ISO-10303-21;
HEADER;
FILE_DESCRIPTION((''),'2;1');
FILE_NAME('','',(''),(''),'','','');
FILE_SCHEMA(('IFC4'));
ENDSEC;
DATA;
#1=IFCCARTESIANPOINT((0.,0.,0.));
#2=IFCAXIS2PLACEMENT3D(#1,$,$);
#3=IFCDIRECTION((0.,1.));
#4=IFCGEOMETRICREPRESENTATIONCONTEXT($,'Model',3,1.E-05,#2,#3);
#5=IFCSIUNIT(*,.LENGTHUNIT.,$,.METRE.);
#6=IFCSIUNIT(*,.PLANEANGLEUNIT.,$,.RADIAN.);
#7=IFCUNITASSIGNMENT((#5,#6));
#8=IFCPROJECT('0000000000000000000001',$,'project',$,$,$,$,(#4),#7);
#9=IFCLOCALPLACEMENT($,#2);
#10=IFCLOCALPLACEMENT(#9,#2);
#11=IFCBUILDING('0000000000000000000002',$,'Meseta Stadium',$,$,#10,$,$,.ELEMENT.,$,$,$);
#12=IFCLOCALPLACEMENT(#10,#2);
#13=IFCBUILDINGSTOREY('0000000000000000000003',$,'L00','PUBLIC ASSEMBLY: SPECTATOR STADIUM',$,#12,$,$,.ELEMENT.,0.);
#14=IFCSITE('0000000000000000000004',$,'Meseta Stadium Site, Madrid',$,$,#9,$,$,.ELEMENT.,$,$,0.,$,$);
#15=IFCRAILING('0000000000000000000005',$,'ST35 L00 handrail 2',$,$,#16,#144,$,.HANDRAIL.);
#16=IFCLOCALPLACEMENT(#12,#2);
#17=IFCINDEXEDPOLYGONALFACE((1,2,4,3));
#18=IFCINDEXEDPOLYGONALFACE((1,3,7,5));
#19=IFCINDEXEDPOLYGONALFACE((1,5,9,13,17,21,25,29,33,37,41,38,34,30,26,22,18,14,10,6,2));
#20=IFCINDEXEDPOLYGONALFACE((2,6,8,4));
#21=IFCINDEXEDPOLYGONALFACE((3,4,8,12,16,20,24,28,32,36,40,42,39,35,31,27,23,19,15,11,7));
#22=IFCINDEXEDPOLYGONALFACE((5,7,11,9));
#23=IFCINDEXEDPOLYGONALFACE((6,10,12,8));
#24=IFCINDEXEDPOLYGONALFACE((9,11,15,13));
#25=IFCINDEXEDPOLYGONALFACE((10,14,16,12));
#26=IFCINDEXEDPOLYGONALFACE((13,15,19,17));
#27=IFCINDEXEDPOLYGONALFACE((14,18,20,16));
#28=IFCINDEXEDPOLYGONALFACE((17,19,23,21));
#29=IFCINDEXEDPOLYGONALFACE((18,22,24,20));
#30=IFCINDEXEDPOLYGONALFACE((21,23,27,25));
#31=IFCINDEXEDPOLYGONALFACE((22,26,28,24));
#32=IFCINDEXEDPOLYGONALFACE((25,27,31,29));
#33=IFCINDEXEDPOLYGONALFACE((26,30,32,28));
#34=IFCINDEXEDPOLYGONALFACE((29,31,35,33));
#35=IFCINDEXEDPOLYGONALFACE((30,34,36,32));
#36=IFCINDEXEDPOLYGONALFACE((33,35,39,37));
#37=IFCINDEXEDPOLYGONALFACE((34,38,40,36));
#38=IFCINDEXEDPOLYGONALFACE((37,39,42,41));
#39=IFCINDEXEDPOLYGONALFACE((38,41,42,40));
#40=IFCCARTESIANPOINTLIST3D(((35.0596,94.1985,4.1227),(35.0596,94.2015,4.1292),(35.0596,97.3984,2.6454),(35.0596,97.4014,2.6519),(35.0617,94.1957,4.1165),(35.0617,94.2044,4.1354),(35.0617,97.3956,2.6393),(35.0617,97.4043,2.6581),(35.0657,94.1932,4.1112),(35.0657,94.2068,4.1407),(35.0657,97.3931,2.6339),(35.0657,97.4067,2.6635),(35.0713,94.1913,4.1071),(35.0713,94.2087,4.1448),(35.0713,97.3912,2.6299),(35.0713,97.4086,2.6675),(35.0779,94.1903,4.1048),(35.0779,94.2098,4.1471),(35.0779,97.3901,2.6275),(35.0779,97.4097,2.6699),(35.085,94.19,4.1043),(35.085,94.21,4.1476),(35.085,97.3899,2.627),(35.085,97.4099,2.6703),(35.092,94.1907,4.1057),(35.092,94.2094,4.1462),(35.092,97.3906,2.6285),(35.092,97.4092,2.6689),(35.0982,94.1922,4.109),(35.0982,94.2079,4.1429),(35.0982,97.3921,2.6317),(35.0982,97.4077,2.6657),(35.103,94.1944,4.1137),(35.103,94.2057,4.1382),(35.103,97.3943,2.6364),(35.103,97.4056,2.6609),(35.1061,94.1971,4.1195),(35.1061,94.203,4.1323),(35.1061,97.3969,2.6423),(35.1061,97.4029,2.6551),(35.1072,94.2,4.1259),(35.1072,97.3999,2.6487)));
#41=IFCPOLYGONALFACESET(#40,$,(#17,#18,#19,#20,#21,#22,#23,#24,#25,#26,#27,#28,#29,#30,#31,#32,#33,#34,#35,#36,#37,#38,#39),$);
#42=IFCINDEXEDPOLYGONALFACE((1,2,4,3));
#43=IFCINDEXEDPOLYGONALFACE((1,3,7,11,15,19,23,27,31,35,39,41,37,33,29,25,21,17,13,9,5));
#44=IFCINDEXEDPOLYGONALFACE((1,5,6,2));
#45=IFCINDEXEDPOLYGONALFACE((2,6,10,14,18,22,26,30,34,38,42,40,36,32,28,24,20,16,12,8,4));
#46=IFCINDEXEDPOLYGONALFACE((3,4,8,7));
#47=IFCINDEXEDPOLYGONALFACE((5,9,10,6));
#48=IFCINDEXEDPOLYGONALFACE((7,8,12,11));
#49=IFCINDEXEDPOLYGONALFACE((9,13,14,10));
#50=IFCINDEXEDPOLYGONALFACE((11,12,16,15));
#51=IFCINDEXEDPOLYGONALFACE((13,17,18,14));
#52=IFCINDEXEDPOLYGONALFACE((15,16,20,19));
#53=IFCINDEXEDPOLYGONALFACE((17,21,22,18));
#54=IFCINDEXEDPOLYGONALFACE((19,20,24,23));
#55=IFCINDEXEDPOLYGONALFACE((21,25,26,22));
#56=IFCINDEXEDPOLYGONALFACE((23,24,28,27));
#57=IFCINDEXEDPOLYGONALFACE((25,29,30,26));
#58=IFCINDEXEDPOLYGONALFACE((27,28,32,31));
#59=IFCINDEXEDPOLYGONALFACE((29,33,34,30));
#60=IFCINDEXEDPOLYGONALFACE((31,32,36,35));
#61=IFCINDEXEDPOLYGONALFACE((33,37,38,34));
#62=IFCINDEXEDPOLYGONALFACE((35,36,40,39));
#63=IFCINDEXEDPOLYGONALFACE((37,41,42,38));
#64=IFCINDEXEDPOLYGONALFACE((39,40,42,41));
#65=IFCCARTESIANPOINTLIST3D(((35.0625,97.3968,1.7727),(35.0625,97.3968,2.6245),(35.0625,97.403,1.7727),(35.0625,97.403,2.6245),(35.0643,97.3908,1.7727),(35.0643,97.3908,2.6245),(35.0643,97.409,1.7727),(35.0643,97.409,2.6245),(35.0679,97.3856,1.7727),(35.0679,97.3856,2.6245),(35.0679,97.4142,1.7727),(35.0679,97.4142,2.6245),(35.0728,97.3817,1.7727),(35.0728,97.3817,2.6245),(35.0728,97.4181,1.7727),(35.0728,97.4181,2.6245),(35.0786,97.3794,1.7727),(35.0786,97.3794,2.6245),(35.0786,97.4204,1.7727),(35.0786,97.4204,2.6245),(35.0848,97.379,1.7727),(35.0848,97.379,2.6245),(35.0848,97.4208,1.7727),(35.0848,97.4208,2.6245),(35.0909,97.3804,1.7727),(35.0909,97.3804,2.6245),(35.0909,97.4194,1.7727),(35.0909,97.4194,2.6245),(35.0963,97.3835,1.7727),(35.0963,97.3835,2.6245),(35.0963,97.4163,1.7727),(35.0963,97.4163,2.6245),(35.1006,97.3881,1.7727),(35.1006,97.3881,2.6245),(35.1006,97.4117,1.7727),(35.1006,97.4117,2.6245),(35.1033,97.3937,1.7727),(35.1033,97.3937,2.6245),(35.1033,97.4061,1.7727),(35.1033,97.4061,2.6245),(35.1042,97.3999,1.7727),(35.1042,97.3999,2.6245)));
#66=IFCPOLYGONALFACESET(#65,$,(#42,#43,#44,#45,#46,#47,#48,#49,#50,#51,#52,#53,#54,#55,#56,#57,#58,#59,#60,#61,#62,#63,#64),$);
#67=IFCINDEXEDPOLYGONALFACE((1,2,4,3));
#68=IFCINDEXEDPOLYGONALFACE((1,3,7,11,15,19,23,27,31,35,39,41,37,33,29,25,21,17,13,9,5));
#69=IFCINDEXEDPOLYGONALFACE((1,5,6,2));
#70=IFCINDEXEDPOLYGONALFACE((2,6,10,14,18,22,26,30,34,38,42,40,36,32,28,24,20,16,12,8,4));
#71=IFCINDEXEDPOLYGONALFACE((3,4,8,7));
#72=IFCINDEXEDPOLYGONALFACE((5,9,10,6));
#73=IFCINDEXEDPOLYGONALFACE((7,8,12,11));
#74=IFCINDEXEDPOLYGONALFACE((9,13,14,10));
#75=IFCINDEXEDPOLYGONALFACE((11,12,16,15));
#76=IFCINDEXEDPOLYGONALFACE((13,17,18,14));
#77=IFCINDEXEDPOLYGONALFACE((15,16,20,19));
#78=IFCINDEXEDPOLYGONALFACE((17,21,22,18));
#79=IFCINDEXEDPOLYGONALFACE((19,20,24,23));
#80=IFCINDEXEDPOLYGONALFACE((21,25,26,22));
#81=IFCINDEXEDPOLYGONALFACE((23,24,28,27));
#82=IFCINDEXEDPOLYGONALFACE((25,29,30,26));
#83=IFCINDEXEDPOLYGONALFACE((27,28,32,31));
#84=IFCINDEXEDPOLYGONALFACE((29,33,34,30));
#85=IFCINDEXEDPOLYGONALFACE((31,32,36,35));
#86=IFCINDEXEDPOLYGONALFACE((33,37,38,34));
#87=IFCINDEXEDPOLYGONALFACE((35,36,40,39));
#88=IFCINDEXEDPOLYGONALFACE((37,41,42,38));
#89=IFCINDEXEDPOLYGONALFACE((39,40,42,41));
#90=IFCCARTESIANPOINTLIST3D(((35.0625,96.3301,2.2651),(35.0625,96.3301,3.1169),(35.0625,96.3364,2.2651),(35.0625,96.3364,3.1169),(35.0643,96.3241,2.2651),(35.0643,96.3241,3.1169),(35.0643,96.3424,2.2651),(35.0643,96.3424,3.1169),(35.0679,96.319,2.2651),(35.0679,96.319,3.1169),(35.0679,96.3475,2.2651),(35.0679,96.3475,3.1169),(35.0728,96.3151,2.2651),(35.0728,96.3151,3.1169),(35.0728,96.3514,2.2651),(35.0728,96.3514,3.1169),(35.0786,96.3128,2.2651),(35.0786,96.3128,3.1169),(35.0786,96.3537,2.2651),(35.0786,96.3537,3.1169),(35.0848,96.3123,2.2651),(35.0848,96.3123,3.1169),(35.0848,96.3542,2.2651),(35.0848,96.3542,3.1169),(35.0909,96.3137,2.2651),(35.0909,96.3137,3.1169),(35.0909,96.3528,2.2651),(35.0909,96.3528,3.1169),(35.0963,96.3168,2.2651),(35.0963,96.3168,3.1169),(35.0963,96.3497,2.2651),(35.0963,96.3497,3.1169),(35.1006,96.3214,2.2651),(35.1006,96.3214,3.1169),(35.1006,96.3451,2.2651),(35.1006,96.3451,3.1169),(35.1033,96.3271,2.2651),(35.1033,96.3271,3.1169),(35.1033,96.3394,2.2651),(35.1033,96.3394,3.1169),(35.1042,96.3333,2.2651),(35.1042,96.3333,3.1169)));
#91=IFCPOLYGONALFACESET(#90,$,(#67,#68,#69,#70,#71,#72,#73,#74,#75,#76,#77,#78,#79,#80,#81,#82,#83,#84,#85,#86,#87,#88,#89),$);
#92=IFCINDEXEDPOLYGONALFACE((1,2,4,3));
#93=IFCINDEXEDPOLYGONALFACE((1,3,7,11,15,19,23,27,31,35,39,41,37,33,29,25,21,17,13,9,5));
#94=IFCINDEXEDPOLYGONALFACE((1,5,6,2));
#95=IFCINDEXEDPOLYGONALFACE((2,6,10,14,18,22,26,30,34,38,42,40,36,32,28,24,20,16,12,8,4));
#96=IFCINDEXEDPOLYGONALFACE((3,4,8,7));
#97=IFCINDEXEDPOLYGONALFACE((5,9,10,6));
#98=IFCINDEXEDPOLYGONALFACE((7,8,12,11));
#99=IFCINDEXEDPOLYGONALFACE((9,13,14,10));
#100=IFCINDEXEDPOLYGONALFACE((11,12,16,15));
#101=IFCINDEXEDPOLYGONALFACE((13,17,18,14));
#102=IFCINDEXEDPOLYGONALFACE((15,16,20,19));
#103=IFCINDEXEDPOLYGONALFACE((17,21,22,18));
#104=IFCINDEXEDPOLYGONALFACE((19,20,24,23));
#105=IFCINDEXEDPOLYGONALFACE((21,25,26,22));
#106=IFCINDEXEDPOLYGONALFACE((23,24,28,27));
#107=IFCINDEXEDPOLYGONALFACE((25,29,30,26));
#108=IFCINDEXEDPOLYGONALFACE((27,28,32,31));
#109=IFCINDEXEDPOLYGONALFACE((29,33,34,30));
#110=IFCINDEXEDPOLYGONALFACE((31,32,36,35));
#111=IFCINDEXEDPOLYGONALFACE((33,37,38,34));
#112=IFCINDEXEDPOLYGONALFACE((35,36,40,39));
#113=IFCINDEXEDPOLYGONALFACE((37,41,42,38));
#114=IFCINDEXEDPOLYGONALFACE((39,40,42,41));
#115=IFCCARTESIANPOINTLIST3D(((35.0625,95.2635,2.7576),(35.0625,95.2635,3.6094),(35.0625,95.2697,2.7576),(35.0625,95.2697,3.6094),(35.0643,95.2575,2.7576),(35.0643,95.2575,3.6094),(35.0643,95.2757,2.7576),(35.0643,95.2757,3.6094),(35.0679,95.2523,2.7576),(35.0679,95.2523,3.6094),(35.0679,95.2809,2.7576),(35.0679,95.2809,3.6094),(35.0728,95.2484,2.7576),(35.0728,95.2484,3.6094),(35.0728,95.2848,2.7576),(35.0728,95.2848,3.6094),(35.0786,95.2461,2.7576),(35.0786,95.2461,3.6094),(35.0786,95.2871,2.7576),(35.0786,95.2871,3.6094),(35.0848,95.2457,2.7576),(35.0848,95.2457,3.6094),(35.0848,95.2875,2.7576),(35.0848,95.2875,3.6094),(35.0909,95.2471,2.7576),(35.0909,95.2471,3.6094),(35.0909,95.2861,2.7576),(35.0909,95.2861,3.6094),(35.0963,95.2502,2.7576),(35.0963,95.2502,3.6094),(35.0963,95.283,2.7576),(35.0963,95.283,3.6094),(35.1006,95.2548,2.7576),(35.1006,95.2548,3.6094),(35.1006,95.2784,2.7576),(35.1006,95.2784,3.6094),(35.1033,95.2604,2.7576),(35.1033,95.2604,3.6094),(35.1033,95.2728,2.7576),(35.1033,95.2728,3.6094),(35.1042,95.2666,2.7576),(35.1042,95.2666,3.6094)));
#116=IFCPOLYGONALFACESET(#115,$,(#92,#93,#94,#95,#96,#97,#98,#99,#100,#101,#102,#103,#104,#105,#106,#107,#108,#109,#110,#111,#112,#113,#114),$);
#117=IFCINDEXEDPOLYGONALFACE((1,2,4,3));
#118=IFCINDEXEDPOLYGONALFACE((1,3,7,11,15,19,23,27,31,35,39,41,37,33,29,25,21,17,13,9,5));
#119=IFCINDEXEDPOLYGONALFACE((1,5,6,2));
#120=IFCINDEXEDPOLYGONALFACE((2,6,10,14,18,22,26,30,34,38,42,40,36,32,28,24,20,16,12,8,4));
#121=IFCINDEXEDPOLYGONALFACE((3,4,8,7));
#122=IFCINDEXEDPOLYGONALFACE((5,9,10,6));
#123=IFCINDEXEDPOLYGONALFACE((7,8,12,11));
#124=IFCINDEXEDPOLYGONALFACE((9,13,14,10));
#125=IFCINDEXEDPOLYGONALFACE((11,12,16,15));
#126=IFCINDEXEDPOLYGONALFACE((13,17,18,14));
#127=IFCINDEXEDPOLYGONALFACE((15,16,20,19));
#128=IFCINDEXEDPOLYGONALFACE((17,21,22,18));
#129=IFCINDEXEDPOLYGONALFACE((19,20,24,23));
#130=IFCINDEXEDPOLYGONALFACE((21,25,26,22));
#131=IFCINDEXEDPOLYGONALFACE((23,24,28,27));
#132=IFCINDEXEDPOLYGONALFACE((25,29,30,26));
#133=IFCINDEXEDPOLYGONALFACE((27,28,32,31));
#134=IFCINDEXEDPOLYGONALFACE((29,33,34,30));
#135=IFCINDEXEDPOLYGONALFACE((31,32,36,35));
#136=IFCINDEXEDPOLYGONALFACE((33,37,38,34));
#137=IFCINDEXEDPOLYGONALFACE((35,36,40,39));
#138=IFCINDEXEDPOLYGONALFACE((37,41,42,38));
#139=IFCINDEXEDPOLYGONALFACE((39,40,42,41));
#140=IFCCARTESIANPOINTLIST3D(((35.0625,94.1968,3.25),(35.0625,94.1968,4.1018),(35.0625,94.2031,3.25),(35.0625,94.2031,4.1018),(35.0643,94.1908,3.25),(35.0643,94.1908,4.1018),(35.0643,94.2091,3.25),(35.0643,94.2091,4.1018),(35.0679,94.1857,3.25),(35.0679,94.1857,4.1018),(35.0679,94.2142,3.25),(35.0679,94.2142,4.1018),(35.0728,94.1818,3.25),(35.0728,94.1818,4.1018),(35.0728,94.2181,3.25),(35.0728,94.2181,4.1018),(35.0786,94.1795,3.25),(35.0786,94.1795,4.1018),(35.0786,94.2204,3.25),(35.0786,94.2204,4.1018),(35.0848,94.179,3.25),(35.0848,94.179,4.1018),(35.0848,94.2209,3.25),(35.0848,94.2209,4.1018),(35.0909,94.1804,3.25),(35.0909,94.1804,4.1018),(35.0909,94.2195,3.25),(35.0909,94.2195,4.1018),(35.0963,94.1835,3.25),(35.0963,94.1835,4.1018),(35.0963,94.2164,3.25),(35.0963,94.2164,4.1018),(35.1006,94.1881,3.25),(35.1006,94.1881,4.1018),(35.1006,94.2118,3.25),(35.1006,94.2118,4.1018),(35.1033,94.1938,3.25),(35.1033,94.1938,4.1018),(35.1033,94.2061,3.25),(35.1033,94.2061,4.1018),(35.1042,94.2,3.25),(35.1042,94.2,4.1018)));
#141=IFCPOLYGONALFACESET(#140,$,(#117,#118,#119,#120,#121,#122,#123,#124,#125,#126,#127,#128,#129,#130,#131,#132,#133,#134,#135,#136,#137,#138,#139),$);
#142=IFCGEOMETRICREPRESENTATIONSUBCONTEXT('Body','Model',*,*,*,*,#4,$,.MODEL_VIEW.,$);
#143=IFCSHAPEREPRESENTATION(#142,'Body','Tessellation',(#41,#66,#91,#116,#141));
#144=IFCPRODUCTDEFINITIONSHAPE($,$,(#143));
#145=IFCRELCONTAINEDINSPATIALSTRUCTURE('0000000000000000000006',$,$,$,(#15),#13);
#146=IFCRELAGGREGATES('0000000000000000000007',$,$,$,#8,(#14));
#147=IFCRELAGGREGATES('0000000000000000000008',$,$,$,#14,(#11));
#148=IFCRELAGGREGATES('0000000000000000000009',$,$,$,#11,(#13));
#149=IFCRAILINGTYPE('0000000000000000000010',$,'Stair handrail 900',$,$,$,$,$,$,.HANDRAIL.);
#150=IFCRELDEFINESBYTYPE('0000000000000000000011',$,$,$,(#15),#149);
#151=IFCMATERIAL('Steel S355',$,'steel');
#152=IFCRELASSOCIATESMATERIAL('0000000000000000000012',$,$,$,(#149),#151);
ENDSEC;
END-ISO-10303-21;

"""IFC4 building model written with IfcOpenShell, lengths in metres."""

from ifc_helpers import new_model, si_unit, direction, frame, origin, origin_2d, place, context, subcontext, project, spatial, circle, extrude, material, type_object, element, save


model = new_model("IFC4")

# Units and contexts
model_context = context("Model", 3, precision=1e-05, world=origin(), true_north=direction((0.0, 1.0)))
body_context = subcontext(model_context, "Body", "Model", "MODEL_VIEW")
ifc_project = project(units=[si_unit("LENGTHUNIT", "METRE"), si_unit("PLANEANGLEUNIT", "RADIAN")], contexts=[model_context])

# Site, building, storey
site_placement = place(None, origin())
site = spatial("IfcSite", under=ifc_project, at=site_placement, Name="Meseta Stadium Site, Madrid", CompositionType="ELEMENT", RefElevation=0.0)
building_placement = place(site_placement, origin())
building = spatial("IfcBuilding", under=site, at=building_placement, Name="Meseta Stadium", CompositionType="ELEMENT")
storey_placement = place(building_placement, origin())
storey = spatial("IfcBuildingStorey", under=building, at=storey_placement, Name="L00", Description="PUBLIC ASSEMBLY: SPECTATOR STADIUM", CompositionType="ELEMENT", Elevation=0.0)

# Railing
ifc_material_1 = material(Name="Steel S355", Category="steel")
railing_type_1 = type_object("IfcRailingType", Name="Stair handrail 900", PredefinedType="HANDRAIL", material=ifc_material_1)
for number, where, name in (
    (1, (35.0833, 97.3999, 1.7727), "ST35 L00 handrail 2"),
):
    element("IfcRailing", number, at=place(storey_placement, frame(where)), inside=storey, type_object=railing_type_1, Name=name, PredefinedType="HANDRAIL", context=body_context, shape_type="SweptSolid", body=[
        extrude(circle(Radius=0.0239, at=origin_2d()), frame((0.0, 0.0, 0.876), z_axis=(0.0, -0.907917, 0.41915), x_axis=(1.0, 0.0, 0.0)), (0.0, 0.0, 1.0), 3.5244),
        extrude(circle(Radius=0.021, at=origin_2d()), origin(), (0.0, 0.0, 1.0), 0.8518),
        extrude(circle(Radius=0.021, at=origin_2d()), frame((0.0, -1.0667, 0.4924)), (0.0, 0.0, 1.0), 0.8518),
        extrude(circle(Radius=0.021, at=origin_2d()), frame((0.0, -2.1333, 0.9849)), (0.0, 0.0, 1.0), 0.8518),
        extrude(circle(Radius=0.021, at=origin_2d()), frame((0.0, -3.2, 1.4773)), (0.0, 0.0, 1.0), 0.8518),
    ])

save(model, "model.ifc")
